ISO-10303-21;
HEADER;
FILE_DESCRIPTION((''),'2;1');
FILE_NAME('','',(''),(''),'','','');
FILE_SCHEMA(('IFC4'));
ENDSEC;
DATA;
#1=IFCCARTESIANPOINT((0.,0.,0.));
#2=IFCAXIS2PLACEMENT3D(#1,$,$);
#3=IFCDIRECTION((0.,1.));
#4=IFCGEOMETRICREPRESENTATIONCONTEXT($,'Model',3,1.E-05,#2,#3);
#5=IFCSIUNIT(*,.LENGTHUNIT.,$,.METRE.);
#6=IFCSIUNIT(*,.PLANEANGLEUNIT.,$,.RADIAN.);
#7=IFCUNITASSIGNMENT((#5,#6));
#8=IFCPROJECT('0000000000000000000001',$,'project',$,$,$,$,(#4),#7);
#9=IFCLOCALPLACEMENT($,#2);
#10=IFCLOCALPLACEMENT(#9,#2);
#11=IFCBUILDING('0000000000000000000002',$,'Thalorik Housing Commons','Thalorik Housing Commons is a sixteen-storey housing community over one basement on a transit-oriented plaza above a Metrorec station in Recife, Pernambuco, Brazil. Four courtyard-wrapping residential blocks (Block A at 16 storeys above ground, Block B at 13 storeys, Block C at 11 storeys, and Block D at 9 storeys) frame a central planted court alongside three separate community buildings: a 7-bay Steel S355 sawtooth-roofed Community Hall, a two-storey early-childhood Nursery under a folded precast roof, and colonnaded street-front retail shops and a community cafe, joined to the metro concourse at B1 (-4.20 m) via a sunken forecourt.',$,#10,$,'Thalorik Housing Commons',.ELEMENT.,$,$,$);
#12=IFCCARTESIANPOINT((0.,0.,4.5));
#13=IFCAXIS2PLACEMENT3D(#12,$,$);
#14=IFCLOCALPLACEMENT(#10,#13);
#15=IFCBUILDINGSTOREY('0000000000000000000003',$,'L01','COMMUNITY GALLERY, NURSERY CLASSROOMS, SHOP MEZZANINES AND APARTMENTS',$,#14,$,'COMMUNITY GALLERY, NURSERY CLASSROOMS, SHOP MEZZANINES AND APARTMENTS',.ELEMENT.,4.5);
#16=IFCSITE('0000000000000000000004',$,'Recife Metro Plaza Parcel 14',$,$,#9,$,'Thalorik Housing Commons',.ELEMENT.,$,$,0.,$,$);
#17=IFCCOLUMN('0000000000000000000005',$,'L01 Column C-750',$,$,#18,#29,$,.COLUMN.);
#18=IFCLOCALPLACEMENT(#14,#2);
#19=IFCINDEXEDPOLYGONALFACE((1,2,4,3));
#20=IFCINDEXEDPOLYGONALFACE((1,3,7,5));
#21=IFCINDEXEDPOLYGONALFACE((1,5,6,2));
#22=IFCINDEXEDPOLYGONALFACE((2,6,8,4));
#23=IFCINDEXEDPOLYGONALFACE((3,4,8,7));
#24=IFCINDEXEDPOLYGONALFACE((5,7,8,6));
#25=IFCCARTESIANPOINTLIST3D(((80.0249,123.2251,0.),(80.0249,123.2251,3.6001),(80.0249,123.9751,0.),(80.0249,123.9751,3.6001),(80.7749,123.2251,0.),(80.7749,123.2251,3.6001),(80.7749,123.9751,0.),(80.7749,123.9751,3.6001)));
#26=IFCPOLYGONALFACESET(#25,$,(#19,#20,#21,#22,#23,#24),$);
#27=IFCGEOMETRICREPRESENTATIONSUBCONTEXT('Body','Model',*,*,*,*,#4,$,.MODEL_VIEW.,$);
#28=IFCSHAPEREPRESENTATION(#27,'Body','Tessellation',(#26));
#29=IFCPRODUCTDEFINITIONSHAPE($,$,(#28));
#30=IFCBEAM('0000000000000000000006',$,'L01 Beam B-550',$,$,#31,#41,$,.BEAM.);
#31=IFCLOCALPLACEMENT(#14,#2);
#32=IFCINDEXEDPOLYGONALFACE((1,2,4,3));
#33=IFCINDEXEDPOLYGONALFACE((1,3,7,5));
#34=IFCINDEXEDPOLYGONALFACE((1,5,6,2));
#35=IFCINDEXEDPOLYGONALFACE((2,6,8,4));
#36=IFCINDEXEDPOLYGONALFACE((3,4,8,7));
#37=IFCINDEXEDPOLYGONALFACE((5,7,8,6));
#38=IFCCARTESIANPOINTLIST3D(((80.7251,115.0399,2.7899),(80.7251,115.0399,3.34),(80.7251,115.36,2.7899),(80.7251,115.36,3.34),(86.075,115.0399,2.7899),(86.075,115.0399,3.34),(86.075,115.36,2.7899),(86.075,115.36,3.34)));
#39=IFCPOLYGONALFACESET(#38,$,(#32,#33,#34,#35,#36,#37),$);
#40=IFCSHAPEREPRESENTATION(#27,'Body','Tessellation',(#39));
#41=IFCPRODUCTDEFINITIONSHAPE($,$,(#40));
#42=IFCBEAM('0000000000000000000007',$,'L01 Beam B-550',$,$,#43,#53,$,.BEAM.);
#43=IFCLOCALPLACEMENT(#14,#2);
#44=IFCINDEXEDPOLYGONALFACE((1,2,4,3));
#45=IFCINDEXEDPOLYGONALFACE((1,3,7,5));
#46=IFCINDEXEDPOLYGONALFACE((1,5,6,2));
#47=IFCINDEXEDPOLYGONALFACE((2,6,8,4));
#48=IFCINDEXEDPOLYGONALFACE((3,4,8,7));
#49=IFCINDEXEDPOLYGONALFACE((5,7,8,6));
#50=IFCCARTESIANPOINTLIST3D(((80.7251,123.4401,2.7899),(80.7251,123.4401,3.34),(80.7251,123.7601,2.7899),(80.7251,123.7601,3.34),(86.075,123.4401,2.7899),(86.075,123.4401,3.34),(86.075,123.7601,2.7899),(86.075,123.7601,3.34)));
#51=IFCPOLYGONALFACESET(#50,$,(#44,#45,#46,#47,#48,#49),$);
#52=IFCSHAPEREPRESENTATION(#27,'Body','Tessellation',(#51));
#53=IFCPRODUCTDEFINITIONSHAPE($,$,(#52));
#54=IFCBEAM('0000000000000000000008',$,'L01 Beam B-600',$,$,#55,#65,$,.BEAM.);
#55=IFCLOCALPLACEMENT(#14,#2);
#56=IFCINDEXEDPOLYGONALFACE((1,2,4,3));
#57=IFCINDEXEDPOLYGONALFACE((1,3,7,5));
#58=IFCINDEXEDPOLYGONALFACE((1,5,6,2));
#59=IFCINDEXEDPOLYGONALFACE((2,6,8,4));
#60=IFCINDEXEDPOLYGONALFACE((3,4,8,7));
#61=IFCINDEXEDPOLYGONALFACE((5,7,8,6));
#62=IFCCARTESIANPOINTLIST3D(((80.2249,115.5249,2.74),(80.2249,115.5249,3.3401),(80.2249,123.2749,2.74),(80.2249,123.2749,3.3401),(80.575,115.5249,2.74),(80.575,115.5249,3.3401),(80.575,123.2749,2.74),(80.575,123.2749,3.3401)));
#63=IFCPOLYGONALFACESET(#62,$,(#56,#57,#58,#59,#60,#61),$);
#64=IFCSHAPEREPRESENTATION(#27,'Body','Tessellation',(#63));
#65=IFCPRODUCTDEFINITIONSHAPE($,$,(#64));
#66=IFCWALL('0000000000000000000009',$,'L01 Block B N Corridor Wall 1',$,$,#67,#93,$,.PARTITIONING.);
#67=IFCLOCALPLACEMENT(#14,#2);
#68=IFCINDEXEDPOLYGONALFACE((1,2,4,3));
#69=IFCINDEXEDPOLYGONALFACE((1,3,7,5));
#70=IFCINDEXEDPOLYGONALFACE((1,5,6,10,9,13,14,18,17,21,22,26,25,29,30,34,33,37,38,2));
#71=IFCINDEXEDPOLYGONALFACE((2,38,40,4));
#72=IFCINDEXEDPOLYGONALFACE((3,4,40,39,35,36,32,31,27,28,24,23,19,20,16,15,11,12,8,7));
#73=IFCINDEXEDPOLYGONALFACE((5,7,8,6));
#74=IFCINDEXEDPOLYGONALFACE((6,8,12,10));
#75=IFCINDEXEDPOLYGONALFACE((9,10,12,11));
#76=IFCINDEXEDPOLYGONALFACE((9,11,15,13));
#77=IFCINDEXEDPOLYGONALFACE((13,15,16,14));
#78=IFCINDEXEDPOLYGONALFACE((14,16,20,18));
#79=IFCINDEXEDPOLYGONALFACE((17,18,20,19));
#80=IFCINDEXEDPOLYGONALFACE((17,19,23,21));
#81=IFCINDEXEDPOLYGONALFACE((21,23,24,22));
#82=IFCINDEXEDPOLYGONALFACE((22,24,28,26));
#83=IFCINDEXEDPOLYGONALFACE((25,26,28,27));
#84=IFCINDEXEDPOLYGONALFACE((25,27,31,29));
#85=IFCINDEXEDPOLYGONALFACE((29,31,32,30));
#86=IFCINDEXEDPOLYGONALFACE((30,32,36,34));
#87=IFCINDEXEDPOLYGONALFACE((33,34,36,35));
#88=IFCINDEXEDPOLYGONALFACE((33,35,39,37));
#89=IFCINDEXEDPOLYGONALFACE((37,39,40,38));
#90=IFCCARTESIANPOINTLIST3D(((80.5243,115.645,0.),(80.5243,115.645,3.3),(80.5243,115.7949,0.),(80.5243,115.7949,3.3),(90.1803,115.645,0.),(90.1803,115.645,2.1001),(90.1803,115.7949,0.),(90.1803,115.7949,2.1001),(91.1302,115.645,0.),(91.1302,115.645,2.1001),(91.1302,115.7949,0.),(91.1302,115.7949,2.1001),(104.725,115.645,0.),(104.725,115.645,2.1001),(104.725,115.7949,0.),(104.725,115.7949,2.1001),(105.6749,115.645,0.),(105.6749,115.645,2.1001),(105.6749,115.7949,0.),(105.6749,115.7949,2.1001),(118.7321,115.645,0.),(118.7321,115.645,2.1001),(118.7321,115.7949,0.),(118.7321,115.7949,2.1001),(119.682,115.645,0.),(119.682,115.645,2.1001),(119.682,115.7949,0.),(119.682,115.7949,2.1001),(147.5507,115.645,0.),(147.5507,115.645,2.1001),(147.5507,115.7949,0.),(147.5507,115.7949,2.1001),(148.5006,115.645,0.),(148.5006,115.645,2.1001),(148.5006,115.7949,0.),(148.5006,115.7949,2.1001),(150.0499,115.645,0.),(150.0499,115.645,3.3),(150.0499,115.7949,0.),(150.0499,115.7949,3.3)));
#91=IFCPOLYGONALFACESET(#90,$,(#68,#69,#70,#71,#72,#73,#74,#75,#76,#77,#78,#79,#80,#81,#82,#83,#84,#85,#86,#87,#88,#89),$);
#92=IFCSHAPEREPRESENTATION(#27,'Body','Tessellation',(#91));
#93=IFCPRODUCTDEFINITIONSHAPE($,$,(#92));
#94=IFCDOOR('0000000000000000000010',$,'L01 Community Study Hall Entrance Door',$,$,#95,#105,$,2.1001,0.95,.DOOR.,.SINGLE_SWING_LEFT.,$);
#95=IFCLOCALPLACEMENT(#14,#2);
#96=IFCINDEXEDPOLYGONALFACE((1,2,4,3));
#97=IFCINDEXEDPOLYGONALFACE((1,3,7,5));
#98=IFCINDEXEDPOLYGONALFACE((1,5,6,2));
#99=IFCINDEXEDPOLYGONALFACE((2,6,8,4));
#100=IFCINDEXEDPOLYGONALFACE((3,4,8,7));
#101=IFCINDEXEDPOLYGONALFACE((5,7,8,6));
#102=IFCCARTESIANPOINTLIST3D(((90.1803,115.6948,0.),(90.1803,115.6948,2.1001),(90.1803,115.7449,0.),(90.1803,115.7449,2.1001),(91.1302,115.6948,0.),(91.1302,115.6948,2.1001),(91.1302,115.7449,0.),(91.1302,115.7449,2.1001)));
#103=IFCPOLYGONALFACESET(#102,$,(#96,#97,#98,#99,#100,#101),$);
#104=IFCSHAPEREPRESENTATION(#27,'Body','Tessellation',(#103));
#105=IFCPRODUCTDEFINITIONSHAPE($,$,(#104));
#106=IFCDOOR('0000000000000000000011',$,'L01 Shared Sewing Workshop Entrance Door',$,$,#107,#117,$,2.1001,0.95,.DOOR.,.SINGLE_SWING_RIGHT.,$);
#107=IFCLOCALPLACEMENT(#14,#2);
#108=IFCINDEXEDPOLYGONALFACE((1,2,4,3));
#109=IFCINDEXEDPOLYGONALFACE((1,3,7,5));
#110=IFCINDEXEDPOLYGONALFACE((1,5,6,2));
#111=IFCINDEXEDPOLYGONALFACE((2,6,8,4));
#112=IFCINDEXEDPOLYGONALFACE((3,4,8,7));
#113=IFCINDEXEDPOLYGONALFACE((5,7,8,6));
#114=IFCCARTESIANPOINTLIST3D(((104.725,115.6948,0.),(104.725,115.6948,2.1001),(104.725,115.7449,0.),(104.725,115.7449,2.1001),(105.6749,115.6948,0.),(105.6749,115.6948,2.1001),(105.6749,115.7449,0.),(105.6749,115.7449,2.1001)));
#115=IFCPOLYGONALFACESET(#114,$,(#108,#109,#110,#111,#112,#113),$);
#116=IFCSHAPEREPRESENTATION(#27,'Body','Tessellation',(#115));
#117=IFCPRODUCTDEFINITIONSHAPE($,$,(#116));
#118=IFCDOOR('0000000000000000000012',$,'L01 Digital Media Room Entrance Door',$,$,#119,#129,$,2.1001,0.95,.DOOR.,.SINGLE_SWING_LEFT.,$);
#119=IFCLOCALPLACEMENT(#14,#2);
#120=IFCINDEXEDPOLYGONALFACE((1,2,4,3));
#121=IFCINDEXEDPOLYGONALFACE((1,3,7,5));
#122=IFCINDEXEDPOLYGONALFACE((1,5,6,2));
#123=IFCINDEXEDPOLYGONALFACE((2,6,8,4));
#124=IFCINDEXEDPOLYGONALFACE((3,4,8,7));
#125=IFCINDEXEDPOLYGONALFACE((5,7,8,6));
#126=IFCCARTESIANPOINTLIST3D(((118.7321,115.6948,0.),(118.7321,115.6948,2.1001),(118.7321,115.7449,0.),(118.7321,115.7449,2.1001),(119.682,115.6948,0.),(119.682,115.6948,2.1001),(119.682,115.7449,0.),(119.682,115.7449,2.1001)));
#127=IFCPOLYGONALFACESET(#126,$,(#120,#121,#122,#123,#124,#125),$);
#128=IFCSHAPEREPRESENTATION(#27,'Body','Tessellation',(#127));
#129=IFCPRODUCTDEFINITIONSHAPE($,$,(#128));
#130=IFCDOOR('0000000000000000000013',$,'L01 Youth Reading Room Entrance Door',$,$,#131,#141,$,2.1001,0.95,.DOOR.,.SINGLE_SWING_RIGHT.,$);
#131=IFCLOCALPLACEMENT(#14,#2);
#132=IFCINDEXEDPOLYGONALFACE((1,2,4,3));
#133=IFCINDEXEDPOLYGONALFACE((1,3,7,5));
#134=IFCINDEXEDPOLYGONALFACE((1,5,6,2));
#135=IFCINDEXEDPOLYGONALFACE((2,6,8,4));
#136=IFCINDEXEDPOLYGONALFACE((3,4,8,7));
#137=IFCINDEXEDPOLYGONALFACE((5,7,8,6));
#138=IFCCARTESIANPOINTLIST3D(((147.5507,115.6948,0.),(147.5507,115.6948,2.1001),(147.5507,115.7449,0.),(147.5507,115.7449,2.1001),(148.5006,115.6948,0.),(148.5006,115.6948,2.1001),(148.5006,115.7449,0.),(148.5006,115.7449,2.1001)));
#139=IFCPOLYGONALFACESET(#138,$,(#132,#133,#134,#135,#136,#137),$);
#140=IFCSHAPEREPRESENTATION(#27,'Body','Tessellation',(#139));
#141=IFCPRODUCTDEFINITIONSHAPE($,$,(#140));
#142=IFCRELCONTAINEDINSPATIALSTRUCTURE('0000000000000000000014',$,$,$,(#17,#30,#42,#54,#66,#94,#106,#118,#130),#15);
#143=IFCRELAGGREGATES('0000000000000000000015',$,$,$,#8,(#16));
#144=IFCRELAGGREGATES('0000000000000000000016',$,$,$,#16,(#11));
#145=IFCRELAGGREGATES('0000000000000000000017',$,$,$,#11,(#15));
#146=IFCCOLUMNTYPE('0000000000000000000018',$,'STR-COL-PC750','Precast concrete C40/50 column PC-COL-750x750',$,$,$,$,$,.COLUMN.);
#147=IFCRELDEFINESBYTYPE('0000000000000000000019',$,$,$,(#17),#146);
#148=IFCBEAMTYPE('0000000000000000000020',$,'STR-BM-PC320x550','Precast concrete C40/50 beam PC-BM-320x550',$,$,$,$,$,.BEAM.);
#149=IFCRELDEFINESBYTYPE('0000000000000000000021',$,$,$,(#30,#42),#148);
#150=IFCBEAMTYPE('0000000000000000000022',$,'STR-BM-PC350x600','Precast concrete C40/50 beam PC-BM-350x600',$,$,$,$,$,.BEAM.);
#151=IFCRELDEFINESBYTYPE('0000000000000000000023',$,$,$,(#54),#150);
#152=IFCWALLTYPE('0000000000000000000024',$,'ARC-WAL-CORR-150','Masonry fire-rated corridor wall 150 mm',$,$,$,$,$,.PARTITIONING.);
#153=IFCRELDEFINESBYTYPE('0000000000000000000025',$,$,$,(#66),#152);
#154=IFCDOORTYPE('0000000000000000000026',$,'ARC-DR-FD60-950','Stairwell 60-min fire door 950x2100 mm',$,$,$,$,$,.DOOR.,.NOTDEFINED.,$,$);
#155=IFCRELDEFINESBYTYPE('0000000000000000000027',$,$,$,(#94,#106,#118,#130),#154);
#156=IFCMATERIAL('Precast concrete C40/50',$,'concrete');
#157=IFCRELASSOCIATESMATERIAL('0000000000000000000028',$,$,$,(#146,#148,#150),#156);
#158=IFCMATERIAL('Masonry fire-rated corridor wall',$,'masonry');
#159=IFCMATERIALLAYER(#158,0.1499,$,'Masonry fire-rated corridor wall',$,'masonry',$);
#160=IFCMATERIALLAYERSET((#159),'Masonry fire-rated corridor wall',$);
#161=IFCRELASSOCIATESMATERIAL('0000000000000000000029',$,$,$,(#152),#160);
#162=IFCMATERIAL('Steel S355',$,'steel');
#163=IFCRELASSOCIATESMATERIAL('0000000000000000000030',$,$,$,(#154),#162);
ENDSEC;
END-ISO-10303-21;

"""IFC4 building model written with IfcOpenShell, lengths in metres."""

from ifc_helpers import new_model, si_unit, direction, frame, frame_2d, origin, origin_2d, place, context, subcontext, project, spatial, rectangle, extrude, material, layer, layer_set, material_profile, profile_set, type_object, element, fill, save


model = new_model("IFC4")

# Units and contexts
model_context = context("Model", 3, precision=1e-05, world=origin(), true_north=direction((0.0, 1.0)))
body_context = subcontext(model_context, "Body", "Model", "MODEL_VIEW")
ifc_project = project(units=[si_unit("LENGTHUNIT", "METRE"), si_unit("PLANEANGLEUNIT", "RADIAN")], contexts=[model_context])

# Site, building, storey
site_placement = place(None, origin())
site = spatial("IfcSite", under=ifc_project, at=site_placement, Name="Recife Metro Plaza Parcel 14", LongName="Thalorik Housing Commons", CompositionType="ELEMENT", RefElevation=0.0)
building_placement = place(site_placement, origin())
building = spatial("IfcBuilding", under=site, at=building_placement, Name="Thalorik Housing Commons", Description="Thalorik Housing Commons is a sixteen-storey housing community over one basement on a transit-oriented plaza above a Metrorec station in Recife, Pernambuco, Brazil. Four courtyard-wrapping residential blocks (Block A at 16 storeys above ground, Block B at 13 storeys, Block C at 11 storeys, and Block D at 9 storeys) frame a central planted court alongside three separate community buildings: a 7-bay Steel S355 sawtooth-roofed Community Hall, a two-storey early-childhood Nursery under a folded precast roof, and colonnaded street-front retail shops and a community cafe, joined to the metro concourse at B1 (-4.20 m) via a sunken forecourt.", LongName="Thalorik Housing Commons", CompositionType="ELEMENT")
storey_placement = place(building_placement, frame((0.0, 0.0, 4.5)))
storey = spatial("IfcBuildingStorey", under=building, at=storey_placement, Name="L01", Description="COMMUNITY GALLERY, NURSERY CLASSROOMS, SHOP MEZZANINES AND APARTMENTS", LongName="COMMUNITY GALLERY, NURSERY CLASSROOMS, SHOP MEZZANINES AND APARTMENTS", CompositionType="ELEMENT", Elevation=4.5)

# Column
ifc_material_1 = material(Name="Precast concrete C40/50", Category="concrete")
ifc_material_profile_1 = material_profile(ifc_material_1, rectangle(XDim=0.75, YDim=0.75, at=origin_2d()), Name="PC 750x750", Category="concrete")
ifc_profile_set_1 = profile_set([ifc_material_profile_1], Name="Precast concrete C40/50")
column_type = type_object("IfcColumnType", Name="STR-COL-PC750", Description="Precast concrete C40/50 column PC-COL-750x750", PredefinedType="COLUMN", material=ifc_profile_set_1)
column_placement = place(storey_placement, frame((80.3999, 123.6001, 0.0), z_axis=(0.0, 0.0, 1.0), x_axis=(1.0, 0.0, 0.0)))
element("IfcColumn", 1, at=column_placement, inside=storey, type_object=column_type, Name="L01 Column C-750", PredefinedType="COLUMN", context=body_context, shape_type="SweptSolid", body=[
    extrude(rectangle(XDim=0.75, YDim=0.75, at=origin_2d()), origin(), (0.0, 0.0, 1.0), 3.6001),
])

# Beams
ifc_material_profile_2 = material_profile(ifc_material_1, rectangle(XDim=0.3201, YDim=0.55, at=origin_2d()), Name="PC 320x550", Category="concrete")
ifc_profile_set_2 = profile_set([ifc_material_profile_2], Name="Precast concrete C40/50")
beam_type_1 = type_object("IfcBeamType", Name="STR-BM-PC320x550", Description="Precast concrete C40/50 beam PC-BM-320x550", PredefinedType="BEAM", material=ifc_profile_set_2)
for number, where, z_axis, x_axis, name in (
    (2, (80.7251, 115.2, 3.0649), (1.0, 0.0, 0.0), (0.0, 1.0, 0.0), "L01 Beam B-550"),
    (3, (80.7251, 123.6001, 3.0649), (1.0, 0.0, 0.0), (0.0, 1.0, 0.0), "L01 Beam B-550"),
):
    element("IfcBeam", number, at=place(storey_placement, frame(where, z_axis=z_axis, x_axis=x_axis)), inside=storey, type_object=beam_type_1, Name=name, PredefinedType="BEAM", context=body_context, shape_type="SweptSolid", body=[
        extrude(rectangle(XDim=0.3201, YDim=0.55, at=origin_2d()), origin(), (0.0, 0.0, 1.0), 5.3499),
    ])
ifc_material_profile_3 = material_profile(ifc_material_1, rectangle(XDim=0.3501, YDim=0.6001, at=origin_2d()), Name="PC 350x600", Category="concrete")
ifc_profile_set_3 = profile_set([ifc_material_profile_3], Name="Precast concrete C40/50")
beam_type_2 = type_object("IfcBeamType", Name="STR-BM-PC350x600", Description="Precast concrete C40/50 beam PC-BM-350x600", PredefinedType="BEAM", material=ifc_profile_set_3)
beam_placement = place(storey_placement, frame((80.3999, 115.5249, 3.04), z_axis=(0.0, 1.0, 0.0), x_axis=(-1.0, 0.0, 0.0)))
element("IfcBeam", 4, at=beam_placement, inside=storey, type_object=beam_type_2, Name="L01 Beam B-600", PredefinedType="BEAM", context=body_context, shape_type="SweptSolid", body=[
    extrude(rectangle(XDim=0.3501, YDim=0.6001, at=origin_2d()), origin(), (0.0, 0.0, 1.0), 7.75),
])

# Wall, openings, doors
ifc_material_2 = material(Name="Masonry fire-rated corridor wall", Category="masonry")
ifc_layer_1 = layer(ifc_material_2, 0.1499, Name="Masonry fire-rated corridor wall", Category="masonry")
ifc_layer_set_1 = layer_set([ifc_layer_1], Name="Masonry fire-rated corridor wall")
wall_type_1 = type_object("IfcWallType", Name="ARC-WAL-CORR-150", Description="Masonry fire-rated corridor wall 150 mm", PredefinedType="PARTITIONING", material=ifc_layer_set_1)
wall_1_placement = place(storey_placement, frame((80.5244, 115.72, 0.0), z_axis=(0.0, 0.0, 1.0), x_axis=(1.0, 0.0, 0.0)))
wall_1 = element("IfcWall", 5, at=wall_1_placement, inside=storey, type_object=wall_type_1, Name="L01 Block B N Corridor Wall 1", PredefinedType="PARTITIONING", context=body_context, shape_type="SweptSolid", body=[
    extrude(rectangle(XDim=69.5256, YDim=0.1499, at=frame_2d((34.7627, 0.0))), origin(), (0.0, 0.0, 1.0), 3.3),
])
opening_1_placement = place(wall_1_placement, frame((9.6558, 0.0, 0.0)))
opening_1 = element("IfcOpeningElement", 6, at=opening_1_placement, cuts=wall_1, PredefinedType="OPENING", context=body_context, shape_type="SweptSolid", body=[
    extrude(rectangle(XDim=0.95, YDim=2.1001, at=frame_2d((0.4751, 1.05))), frame((0.0, 0.085, 0.0), z_axis=(0.0, -1.0, 0.0), x_axis=(1.0, 0.0, 0.0)), (0.0, 0.0, 1.0), 0.1699),
])
opening_2_placement = place(wall_1_placement, frame((24.2004, 0.0, 0.0)))
opening_2 = element("IfcOpeningElement", 7, at=opening_2_placement, cuts=wall_1, PredefinedType="OPENING", context=body_context, shape_type="SweptSolid", body=[
    extrude(rectangle(XDim=0.95, YDim=2.1001, at=frame_2d((0.4751, 1.05))), frame((0.0, 0.085, 0.0), z_axis=(0.0, -1.0, 0.0), x_axis=(1.0, 0.0, 0.0)), (0.0, 0.0, 1.0), 0.1699),
])
opening_3_placement = place(wall_1_placement, frame((38.2075, 0.0, 0.0)))
opening_3 = element("IfcOpeningElement", 8, at=opening_3_placement, cuts=wall_1, PredefinedType="OPENING", context=body_context, shape_type="SweptSolid", body=[
    extrude(rectangle(XDim=0.95, YDim=2.1001, at=frame_2d((0.4751, 1.05))), frame((0.0, 0.085, 0.0), z_axis=(0.0, -1.0, 0.0), x_axis=(1.0, 0.0, 0.0)), (0.0, 0.0, 1.0), 0.1699),
])
opening_4_placement = place(wall_1_placement, frame((67.0261, 0.0, 0.0)))
opening_4 = element("IfcOpeningElement", 9, at=opening_4_placement, cuts=wall_1, PredefinedType="OPENING", context=body_context, shape_type="SweptSolid", body=[
    extrude(rectangle(XDim=0.95, YDim=2.1001, at=frame_2d((0.4751, 1.05))), frame((0.0, 0.085, 0.0), z_axis=(0.0, -1.0, 0.0), x_axis=(1.0, 0.0, 0.0)), (0.0, 0.0, 1.0), 0.1699),
])
ifc_material_3 = material(Name="Steel S355", Category="steel")
door_type_1 = type_object("IfcDoorType", Name="ARC-DR-FD60-950", Description="Stairwell 60-min fire door 950x2100 mm", OperationType="NOTDEFINED", PredefinedType="DOOR", material=ifc_material_3)
door_1_placement = place(opening_1_placement, origin())
door_1 = element("IfcDoor", 10, at=door_1_placement, inside=storey, type_object=door_type_1, Name="L01 Community Study Hall Entrance Door", OperationType="SINGLE_SWING_LEFT", OverallHeight=2.1001, OverallWidth=0.95, PredefinedType="DOOR", context=body_context, shape_type="SweptSolid", body=[
    extrude(rectangle(XDim=0.95, YDim=2.1001, at=frame_2d((0.4751, 1.05))), frame((0.0, 0.0249, 0.0), z_axis=(0.0, -1.0, 0.0), x_axis=(1.0, 0.0, 0.0)), (0.0, 0.0, 1.0), 0.05),
])
fill(opening_1, door_1)
door_2_placement = place(opening_2_placement, origin())
door_2 = element("IfcDoor", 11, at=door_2_placement, inside=storey, type_object=door_type_1, Name="L01 Shared Sewing Workshop Entrance Door", OperationType="SINGLE_SWING_RIGHT", OverallHeight=2.1001, OverallWidth=0.95, PredefinedType="DOOR", context=body_context, shape_type="SweptSolid", body=[
    extrude(rectangle(XDim=0.95, YDim=2.1001, at=frame_2d((0.4751, 1.05))), frame((0.0, 0.0249, 0.0), z_axis=(0.0, -1.0, 0.0), x_axis=(1.0, 0.0, 0.0)), (0.0, 0.0, 1.0), 0.05),
])
fill(opening_2, door_2)
door_3_placement = place(opening_3_placement, origin())
door_3 = element("IfcDoor", 12, at=door_3_placement, inside=storey, type_object=door_type_1, Name="L01 Digital Media Room Entrance Door", OperationType="SINGLE_SWING_LEFT", OverallHeight=2.1001, OverallWidth=0.95, PredefinedType="DOOR", context=body_context, shape_type="SweptSolid", body=[
    extrude(rectangle(XDim=0.95, YDim=2.1001, at=frame_2d((0.4751, 1.05))), frame((0.0, 0.0249, 0.0), z_axis=(0.0, -1.0, 0.0), x_axis=(1.0, 0.0, 0.0)), (0.0, 0.0, 1.0), 0.05),
])
fill(opening_3, door_3)
door_4_placement = place(opening_4_placement, origin())
door_4 = element("IfcDoor", 13, at=door_4_placement, inside=storey, type_object=door_type_1, Name="L01 Youth Reading Room Entrance Door", OperationType="SINGLE_SWING_RIGHT", OverallHeight=2.1001, OverallWidth=0.95, PredefinedType="DOOR", context=body_context, shape_type="SweptSolid", body=[
    extrude(rectangle(XDim=0.95, YDim=2.1001, at=frame_2d((0.4751, 1.05))), frame((0.0, 0.0249, 0.0), z_axis=(0.0, -1.0, 0.0), x_axis=(1.0, 0.0, 0.0)), (0.0, 0.0, 1.0), 0.05),
])
fill(opening_4, door_4)

save(model, "model.ifc")
